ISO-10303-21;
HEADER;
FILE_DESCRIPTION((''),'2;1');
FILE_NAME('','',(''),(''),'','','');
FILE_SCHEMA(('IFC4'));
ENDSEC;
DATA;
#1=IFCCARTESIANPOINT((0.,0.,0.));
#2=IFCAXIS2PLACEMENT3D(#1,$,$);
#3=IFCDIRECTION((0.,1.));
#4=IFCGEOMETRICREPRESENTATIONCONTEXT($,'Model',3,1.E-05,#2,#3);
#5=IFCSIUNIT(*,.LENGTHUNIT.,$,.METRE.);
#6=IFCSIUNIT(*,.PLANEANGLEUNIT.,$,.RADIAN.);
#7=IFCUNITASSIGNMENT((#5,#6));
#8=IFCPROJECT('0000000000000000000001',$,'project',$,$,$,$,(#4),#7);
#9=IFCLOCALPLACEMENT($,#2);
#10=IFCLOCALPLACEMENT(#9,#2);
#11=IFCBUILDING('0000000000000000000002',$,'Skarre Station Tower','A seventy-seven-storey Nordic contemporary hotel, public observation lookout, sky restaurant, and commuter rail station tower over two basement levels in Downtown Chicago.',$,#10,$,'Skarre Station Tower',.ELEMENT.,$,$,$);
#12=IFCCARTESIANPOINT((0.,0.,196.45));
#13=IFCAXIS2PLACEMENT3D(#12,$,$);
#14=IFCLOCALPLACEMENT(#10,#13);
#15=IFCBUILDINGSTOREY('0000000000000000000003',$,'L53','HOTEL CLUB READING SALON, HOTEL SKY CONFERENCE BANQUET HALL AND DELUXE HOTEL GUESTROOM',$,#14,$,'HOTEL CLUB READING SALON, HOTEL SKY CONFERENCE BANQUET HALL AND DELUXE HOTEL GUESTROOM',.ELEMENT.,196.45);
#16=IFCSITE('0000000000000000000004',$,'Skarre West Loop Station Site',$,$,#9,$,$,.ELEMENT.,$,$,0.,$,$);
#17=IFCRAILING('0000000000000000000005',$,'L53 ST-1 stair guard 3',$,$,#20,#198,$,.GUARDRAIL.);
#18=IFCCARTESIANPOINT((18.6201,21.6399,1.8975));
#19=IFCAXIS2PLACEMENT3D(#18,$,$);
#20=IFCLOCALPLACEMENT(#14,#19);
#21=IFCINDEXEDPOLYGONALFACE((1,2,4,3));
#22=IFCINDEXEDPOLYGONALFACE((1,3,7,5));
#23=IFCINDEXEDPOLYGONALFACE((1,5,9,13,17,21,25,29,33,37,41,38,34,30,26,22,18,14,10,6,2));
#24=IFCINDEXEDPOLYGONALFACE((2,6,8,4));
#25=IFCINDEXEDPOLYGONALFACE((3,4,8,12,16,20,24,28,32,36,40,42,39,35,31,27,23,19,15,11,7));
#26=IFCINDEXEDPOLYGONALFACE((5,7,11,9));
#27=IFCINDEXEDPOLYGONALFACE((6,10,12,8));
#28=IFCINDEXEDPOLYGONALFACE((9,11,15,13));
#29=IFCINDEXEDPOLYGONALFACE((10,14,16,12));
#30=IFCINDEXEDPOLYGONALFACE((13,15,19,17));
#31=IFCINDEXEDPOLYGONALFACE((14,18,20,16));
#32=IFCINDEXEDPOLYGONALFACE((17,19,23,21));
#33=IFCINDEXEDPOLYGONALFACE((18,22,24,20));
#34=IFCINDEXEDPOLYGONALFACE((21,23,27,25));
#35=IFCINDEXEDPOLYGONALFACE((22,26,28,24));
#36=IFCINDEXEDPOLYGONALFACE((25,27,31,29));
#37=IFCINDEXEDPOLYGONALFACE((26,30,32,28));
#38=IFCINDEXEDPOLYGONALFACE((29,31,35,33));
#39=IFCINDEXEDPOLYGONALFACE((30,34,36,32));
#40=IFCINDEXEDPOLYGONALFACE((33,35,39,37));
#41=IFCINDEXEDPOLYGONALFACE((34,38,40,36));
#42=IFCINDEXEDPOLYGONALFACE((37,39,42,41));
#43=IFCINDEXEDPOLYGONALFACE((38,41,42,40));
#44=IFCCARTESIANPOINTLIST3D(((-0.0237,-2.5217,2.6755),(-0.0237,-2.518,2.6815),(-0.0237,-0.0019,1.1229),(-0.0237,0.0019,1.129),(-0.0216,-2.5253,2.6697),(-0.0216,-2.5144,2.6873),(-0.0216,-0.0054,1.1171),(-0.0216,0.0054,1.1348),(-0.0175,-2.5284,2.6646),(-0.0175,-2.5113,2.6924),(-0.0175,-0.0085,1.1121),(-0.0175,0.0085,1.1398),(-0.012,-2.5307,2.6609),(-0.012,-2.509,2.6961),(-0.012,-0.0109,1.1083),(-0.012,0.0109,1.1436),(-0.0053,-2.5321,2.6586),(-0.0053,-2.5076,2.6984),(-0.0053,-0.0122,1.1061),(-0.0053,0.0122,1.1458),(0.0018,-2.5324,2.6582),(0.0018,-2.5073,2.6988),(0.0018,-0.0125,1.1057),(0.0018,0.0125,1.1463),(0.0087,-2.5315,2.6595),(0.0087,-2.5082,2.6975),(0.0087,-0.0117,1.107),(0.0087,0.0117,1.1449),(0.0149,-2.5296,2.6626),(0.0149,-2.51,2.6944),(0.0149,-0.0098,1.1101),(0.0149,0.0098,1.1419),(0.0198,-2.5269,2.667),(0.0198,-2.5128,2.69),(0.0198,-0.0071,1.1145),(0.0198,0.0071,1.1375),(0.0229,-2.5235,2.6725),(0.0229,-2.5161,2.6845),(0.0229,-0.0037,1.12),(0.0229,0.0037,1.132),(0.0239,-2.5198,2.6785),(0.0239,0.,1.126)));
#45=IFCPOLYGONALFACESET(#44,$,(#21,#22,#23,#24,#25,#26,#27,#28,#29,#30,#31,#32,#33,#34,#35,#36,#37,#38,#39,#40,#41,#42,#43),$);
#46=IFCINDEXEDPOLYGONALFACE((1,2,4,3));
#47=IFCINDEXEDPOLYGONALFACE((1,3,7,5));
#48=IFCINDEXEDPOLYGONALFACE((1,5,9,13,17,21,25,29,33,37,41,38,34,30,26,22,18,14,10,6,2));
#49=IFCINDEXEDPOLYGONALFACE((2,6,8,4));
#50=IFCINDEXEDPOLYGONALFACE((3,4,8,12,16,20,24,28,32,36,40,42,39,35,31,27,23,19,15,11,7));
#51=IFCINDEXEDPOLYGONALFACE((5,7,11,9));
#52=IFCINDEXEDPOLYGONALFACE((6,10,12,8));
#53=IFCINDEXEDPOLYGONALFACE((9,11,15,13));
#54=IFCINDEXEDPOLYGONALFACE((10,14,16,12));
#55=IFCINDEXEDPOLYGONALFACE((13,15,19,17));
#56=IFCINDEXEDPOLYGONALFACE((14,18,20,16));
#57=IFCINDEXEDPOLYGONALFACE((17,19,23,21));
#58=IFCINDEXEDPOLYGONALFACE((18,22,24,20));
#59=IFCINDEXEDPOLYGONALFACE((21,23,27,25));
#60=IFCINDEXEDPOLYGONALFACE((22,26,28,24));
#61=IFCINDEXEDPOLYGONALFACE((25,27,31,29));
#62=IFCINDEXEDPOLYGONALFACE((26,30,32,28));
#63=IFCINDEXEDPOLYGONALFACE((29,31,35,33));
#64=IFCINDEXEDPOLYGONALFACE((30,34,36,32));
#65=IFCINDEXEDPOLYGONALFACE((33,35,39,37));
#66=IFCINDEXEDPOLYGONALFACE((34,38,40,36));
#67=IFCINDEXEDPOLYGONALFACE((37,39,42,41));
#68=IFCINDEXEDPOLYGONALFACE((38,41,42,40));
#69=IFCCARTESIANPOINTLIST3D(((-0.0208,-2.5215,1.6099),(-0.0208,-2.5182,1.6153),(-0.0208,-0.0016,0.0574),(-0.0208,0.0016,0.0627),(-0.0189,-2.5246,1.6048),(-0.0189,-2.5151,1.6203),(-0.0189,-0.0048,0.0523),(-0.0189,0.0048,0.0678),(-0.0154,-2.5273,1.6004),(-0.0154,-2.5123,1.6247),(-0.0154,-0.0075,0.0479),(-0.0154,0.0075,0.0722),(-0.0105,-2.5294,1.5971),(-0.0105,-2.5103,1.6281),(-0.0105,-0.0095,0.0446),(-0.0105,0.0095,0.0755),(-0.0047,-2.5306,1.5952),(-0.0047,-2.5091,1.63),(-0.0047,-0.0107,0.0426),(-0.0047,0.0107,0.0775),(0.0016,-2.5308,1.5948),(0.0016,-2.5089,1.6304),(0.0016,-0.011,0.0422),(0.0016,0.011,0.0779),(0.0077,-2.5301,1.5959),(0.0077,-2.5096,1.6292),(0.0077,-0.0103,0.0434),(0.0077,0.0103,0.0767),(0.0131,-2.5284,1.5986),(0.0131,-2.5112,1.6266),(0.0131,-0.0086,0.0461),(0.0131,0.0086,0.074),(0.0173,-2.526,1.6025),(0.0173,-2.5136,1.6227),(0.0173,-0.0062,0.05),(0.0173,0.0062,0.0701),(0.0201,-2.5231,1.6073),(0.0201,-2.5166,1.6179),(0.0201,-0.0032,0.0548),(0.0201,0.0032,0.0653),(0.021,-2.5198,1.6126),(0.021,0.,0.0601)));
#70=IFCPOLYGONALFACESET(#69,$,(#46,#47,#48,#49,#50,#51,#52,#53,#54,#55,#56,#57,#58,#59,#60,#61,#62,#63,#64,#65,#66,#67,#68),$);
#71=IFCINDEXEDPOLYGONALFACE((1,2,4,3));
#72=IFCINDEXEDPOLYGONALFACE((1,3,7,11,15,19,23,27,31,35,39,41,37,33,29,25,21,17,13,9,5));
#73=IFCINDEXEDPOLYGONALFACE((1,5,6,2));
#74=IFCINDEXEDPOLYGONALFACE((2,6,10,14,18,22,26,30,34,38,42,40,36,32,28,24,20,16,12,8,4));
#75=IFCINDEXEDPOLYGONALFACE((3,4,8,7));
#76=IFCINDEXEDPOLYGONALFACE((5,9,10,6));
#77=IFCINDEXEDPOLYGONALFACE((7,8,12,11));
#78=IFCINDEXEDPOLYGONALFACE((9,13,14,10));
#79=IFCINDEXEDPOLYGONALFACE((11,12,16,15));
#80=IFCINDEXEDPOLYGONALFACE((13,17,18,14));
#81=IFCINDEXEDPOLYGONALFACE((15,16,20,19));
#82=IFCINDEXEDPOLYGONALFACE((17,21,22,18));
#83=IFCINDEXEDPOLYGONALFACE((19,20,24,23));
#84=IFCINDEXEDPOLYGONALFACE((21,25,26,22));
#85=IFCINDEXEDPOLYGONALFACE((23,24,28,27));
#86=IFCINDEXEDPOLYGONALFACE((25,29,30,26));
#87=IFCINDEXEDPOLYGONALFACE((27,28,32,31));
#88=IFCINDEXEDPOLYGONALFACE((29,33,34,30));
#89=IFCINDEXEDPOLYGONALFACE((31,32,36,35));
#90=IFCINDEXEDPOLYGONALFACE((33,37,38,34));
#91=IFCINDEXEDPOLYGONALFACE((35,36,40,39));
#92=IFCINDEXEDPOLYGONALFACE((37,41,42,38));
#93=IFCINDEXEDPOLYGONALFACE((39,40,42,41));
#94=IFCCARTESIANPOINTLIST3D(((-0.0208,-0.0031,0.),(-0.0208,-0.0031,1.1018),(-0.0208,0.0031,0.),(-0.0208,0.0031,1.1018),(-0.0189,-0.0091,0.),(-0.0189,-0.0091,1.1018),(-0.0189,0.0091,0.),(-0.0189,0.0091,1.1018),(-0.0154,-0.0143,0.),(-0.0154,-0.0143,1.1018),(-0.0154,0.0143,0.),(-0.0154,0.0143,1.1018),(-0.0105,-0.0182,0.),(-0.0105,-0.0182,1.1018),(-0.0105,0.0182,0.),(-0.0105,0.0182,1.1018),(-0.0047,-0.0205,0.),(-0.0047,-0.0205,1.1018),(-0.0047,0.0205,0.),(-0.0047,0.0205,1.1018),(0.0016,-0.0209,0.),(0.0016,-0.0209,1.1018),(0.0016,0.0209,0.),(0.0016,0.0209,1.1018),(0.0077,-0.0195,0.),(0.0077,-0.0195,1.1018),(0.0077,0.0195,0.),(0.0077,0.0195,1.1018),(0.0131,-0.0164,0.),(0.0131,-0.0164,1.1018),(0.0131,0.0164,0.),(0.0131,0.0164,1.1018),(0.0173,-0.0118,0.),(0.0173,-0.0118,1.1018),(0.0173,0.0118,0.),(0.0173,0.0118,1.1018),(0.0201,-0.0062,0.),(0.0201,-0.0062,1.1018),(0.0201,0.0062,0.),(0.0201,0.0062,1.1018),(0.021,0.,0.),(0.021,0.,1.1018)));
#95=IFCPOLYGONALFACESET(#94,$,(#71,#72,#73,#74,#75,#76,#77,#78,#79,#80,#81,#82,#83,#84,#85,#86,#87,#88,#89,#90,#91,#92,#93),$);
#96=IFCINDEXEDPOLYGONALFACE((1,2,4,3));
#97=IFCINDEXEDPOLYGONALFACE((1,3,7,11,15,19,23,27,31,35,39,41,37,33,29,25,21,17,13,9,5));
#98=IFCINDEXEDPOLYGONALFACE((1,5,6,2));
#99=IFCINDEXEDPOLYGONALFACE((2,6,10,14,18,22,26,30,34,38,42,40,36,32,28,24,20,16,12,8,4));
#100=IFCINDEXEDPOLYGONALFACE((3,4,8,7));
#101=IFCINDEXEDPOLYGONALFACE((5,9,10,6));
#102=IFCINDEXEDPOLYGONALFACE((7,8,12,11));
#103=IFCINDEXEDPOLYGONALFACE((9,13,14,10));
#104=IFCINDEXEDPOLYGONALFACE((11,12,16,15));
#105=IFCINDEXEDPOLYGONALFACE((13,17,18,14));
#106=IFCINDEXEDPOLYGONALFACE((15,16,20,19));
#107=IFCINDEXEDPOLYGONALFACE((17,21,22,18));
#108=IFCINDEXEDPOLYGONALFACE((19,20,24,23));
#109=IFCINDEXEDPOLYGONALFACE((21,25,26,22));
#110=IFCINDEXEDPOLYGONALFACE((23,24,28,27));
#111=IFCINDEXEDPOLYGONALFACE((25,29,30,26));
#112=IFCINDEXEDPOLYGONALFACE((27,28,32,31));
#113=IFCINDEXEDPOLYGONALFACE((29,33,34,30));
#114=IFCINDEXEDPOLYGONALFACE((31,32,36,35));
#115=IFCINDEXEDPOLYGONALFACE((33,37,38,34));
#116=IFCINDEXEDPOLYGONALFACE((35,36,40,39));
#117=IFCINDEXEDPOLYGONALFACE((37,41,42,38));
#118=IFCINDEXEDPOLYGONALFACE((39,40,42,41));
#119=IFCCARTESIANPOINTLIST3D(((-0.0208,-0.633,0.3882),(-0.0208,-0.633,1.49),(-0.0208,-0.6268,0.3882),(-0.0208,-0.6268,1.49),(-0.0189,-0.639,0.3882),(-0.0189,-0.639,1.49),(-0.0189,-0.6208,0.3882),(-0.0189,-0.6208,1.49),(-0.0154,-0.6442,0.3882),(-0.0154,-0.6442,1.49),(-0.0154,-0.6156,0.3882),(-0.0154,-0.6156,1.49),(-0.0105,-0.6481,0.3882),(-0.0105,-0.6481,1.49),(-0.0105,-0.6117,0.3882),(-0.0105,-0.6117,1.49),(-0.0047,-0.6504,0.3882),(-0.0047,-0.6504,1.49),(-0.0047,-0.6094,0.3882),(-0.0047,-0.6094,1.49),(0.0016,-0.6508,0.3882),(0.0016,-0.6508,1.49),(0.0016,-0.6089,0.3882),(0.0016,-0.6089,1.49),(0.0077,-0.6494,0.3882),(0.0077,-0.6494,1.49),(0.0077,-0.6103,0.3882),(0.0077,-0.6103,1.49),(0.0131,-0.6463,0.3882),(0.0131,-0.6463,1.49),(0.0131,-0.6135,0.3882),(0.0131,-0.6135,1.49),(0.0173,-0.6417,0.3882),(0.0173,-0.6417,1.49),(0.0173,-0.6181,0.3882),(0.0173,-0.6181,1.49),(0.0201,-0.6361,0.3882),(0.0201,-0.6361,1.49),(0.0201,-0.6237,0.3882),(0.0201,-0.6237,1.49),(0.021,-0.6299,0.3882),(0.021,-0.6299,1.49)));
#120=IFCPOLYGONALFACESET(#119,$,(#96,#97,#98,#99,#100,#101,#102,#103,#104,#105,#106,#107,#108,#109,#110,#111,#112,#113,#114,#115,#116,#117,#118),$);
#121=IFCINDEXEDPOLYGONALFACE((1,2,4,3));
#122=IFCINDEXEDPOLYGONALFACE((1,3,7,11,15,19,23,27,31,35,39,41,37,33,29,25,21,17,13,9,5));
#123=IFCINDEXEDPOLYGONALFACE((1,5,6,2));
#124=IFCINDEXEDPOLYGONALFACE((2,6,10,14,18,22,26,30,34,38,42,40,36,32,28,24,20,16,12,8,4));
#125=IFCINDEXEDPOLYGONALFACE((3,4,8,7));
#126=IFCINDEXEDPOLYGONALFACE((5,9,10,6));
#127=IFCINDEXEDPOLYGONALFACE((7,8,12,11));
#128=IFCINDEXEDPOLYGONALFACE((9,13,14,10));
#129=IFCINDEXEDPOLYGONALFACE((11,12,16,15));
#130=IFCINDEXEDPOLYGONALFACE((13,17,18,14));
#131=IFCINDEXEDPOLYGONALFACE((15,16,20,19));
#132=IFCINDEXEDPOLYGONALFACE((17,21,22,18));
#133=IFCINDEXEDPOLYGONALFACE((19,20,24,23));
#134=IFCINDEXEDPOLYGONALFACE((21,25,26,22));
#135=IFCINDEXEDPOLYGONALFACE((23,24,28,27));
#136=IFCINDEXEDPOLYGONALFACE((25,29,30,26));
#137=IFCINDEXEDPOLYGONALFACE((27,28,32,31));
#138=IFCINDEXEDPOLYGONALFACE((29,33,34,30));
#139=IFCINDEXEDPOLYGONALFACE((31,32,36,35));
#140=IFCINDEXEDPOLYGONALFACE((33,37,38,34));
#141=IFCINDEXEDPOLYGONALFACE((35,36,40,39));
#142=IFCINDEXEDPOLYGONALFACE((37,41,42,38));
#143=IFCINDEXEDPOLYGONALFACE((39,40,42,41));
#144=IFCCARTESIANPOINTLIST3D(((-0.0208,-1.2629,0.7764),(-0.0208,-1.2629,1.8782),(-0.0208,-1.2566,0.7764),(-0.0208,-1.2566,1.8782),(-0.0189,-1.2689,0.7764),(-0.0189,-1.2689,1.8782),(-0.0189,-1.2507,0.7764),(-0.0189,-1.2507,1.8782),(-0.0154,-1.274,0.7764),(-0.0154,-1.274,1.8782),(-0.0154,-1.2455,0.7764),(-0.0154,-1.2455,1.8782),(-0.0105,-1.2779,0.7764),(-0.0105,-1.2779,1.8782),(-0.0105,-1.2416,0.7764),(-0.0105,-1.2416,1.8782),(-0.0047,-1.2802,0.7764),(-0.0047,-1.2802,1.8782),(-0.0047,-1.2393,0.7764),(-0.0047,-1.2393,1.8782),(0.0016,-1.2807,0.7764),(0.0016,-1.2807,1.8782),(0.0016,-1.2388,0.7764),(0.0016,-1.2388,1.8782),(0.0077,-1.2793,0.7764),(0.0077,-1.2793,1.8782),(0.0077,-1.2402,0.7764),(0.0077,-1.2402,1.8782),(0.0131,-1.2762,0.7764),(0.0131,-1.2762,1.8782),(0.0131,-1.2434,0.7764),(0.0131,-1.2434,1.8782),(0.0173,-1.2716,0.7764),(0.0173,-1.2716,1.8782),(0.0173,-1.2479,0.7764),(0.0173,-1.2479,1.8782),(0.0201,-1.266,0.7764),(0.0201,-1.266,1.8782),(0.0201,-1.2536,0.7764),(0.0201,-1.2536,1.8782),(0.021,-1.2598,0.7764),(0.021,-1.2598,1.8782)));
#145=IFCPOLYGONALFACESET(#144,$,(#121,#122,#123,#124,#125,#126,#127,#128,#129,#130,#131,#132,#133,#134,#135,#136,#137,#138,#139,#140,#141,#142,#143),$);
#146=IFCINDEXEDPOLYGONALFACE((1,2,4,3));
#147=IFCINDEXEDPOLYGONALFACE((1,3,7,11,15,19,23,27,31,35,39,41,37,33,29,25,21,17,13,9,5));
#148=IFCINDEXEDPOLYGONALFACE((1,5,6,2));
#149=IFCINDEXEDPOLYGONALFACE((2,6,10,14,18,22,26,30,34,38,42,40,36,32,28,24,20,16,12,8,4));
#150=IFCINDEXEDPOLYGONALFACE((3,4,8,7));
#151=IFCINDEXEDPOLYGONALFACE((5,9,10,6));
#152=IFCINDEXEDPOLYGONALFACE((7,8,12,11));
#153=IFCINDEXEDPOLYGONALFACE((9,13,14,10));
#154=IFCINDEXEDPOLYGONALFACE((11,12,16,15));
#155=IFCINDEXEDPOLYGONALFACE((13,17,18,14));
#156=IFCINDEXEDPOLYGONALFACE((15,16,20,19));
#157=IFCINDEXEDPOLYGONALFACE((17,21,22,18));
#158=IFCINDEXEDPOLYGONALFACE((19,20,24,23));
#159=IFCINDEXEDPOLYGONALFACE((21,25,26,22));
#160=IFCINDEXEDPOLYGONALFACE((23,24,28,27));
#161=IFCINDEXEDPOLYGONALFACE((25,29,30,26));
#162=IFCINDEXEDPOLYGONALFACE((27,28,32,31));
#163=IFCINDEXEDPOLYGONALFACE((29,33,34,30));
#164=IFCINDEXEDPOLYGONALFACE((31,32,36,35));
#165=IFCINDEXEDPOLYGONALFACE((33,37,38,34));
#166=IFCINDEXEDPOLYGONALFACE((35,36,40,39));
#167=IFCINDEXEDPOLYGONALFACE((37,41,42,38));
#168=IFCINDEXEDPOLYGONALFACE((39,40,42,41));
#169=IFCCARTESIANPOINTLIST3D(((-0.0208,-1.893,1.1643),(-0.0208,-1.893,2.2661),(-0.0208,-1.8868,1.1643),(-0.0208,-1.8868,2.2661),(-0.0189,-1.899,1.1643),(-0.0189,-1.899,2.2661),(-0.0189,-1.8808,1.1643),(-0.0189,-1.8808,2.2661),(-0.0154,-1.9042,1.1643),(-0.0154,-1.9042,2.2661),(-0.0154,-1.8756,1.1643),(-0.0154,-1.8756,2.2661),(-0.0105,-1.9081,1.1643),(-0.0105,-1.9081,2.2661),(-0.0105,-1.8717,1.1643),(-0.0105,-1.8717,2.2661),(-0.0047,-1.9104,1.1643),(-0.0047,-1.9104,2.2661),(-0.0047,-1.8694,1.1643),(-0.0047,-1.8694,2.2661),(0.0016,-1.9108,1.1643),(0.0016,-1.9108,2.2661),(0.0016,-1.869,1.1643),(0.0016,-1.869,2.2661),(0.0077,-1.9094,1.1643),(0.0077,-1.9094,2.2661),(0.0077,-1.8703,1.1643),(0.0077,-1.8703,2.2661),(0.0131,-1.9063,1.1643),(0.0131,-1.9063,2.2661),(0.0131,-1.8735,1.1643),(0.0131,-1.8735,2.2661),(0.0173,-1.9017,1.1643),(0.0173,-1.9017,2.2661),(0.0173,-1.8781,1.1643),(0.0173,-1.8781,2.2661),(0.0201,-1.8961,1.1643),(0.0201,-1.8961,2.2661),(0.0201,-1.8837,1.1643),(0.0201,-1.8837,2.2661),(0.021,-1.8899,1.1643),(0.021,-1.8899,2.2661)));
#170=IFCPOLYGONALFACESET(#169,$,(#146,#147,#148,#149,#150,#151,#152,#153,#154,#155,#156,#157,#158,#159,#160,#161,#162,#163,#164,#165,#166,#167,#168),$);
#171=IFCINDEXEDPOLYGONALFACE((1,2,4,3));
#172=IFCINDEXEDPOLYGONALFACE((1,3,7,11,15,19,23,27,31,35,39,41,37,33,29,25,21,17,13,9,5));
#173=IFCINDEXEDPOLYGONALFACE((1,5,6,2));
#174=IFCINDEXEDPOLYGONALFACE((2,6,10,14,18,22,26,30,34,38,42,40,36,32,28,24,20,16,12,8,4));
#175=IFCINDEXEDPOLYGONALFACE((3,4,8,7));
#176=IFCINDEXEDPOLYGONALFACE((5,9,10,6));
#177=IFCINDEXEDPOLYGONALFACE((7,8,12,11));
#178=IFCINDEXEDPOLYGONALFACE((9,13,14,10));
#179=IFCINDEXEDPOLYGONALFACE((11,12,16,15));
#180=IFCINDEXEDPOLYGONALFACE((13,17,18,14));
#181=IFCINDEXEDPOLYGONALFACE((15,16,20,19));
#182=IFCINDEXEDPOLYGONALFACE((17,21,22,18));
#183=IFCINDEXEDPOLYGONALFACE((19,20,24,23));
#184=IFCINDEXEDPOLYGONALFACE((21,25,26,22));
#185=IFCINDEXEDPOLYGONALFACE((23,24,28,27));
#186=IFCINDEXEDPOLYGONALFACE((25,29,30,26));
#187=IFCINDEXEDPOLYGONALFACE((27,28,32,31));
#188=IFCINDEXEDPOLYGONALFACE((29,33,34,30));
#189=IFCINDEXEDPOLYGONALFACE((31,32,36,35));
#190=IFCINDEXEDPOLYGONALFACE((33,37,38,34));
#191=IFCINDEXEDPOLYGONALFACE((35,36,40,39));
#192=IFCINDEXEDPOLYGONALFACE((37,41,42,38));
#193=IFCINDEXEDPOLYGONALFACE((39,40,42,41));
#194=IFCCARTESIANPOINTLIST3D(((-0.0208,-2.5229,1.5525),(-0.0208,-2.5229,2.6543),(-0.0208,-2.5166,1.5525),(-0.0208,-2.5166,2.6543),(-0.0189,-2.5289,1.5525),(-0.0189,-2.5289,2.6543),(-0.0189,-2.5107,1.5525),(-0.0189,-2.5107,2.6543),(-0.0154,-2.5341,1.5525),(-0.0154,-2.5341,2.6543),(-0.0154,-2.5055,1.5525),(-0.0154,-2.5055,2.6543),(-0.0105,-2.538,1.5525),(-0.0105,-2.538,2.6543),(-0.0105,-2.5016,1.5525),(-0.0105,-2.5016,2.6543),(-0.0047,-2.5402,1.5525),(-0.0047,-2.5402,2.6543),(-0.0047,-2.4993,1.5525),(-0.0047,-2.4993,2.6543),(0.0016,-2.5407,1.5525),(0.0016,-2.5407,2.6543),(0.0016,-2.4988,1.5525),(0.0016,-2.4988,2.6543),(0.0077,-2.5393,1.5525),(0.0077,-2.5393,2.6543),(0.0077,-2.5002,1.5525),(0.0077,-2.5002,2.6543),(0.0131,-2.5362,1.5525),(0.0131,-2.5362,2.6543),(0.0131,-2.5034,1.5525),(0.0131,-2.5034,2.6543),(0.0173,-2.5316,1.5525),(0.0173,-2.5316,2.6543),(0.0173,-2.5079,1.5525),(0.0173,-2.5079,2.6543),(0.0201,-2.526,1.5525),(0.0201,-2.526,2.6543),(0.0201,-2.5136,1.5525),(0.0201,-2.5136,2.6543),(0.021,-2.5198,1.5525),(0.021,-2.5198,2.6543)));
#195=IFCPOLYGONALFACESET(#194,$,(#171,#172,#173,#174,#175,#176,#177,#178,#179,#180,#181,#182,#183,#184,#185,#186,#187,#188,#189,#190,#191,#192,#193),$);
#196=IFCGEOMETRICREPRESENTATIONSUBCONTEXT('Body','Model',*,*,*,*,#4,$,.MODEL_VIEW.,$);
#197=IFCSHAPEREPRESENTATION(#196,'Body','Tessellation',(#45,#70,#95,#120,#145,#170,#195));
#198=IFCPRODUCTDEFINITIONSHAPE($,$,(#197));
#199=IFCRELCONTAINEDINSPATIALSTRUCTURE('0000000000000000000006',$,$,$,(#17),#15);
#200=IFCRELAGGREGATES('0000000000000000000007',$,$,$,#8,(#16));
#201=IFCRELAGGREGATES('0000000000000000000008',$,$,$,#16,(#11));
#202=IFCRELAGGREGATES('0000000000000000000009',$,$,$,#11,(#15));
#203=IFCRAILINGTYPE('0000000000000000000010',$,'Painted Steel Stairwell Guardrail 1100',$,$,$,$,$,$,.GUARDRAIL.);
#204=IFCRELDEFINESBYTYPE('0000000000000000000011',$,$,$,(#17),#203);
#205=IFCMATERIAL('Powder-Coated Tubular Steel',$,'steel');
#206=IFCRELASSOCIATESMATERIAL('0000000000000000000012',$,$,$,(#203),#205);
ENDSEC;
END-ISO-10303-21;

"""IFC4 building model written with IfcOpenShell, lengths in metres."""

from ifc_helpers import new_model, si_unit, direction, frame, origin, origin_2d, place, context, subcontext, project, spatial, circle, extrude, material, type_object, element, save


model = new_model("IFC4")

# Units and contexts
model_context = context("Model", 3, precision=1e-05, world=origin(), true_north=direction((0.0, 1.0)))
body_context = subcontext(model_context, "Body", "Model", "MODEL_VIEW")
ifc_project = project(units=[si_unit("LENGTHUNIT", "METRE"), si_unit("PLANEANGLEUNIT", "RADIAN")], contexts=[model_context])

# Site, building, storey
site_placement = place(None, origin())
site = spatial("IfcSite", under=ifc_project, at=site_placement, Name="Skarre West Loop Station Site", CompositionType="ELEMENT", RefElevation=0.0)
building_placement = place(site_placement, origin())
building = spatial("IfcBuilding", under=site, at=building_placement, Name="Skarre Station Tower", Description="A seventy-seven-storey Nordic contemporary hotel, public observation lookout, sky restaurant, and commuter rail station tower over two basement levels in Downtown Chicago.", LongName="Skarre Station Tower", CompositionType="ELEMENT")
storey_placement = place(building_placement, frame((0.0, 0.0, 196.45)))
storey = spatial("IfcBuildingStorey", under=building, at=storey_placement, Name="L53", Description="HOTEL CLUB READING SALON, HOTEL SKY CONFERENCE BANQUET HALL AND DELUXE HOTEL GUESTROOM", LongName="HOTEL CLUB READING SALON, HOTEL SKY CONFERENCE BANQUET HALL AND DELUXE HOTEL GUESTROOM", CompositionType="ELEMENT", Elevation=196.45)

# Railing
ifc_material_1 = material(Name="Powder-Coated Tubular Steel", Category="steel")
railing_type = type_object("IfcRailingType", Name="Painted Steel Stairwell Guardrail 1100", PredefinedType="GUARDRAIL", material=ifc_material_1)
railing_1_placement = place(storey_placement, frame((18.6201, 21.6399, 1.8975)))
element("IfcRailing", 1, at=railing_1_placement, inside=storey, type_object=railing_type, Name="L53 ST-1 stair guard 3", PredefinedType="GUARDRAIL", context=body_context, shape_type="SweptSolid", body=[
    extrude(circle(Radius=0.0239, at=origin_2d()), frame((0.0, 0.0, 1.126), z_axis=(0.0, -0.851378, 0.524553), x_axis=(1.0, 0.0, 0.0)), (0.0, 0.0, 1.0), 2.9597),
    extrude(circle(Radius=0.021, at=origin_2d()), frame((0.0, 0.0, 0.0601), z_axis=(0.0, -0.851378, 0.524553), x_axis=(1.0, 0.0, 0.0)), (0.0, 0.0, 1.0), 2.9597),
    extrude(circle(Radius=0.021, at=origin_2d()), origin(), (0.0, 0.0, 1.0), 1.1018),
    extrude(circle(Radius=0.021, at=origin_2d()), frame((0.0, -0.6299, 0.3882)), (0.0, 0.0, 1.0), 1.1018),
    extrude(circle(Radius=0.021, at=origin_2d()), frame((0.0, -1.2598, 0.7764)), (0.0, 0.0, 1.0), 1.1018),
    extrude(circle(Radius=0.021, at=origin_2d()), frame((0.0, -1.8899, 1.1643)), (0.0, 0.0, 1.0), 1.1018),
    extrude(circle(Radius=0.021, at=origin_2d()), frame((0.0, -2.5198, 1.5525)), (0.0, 0.0, 1.0), 1.1018),
])

save(model, "model.ifc")
